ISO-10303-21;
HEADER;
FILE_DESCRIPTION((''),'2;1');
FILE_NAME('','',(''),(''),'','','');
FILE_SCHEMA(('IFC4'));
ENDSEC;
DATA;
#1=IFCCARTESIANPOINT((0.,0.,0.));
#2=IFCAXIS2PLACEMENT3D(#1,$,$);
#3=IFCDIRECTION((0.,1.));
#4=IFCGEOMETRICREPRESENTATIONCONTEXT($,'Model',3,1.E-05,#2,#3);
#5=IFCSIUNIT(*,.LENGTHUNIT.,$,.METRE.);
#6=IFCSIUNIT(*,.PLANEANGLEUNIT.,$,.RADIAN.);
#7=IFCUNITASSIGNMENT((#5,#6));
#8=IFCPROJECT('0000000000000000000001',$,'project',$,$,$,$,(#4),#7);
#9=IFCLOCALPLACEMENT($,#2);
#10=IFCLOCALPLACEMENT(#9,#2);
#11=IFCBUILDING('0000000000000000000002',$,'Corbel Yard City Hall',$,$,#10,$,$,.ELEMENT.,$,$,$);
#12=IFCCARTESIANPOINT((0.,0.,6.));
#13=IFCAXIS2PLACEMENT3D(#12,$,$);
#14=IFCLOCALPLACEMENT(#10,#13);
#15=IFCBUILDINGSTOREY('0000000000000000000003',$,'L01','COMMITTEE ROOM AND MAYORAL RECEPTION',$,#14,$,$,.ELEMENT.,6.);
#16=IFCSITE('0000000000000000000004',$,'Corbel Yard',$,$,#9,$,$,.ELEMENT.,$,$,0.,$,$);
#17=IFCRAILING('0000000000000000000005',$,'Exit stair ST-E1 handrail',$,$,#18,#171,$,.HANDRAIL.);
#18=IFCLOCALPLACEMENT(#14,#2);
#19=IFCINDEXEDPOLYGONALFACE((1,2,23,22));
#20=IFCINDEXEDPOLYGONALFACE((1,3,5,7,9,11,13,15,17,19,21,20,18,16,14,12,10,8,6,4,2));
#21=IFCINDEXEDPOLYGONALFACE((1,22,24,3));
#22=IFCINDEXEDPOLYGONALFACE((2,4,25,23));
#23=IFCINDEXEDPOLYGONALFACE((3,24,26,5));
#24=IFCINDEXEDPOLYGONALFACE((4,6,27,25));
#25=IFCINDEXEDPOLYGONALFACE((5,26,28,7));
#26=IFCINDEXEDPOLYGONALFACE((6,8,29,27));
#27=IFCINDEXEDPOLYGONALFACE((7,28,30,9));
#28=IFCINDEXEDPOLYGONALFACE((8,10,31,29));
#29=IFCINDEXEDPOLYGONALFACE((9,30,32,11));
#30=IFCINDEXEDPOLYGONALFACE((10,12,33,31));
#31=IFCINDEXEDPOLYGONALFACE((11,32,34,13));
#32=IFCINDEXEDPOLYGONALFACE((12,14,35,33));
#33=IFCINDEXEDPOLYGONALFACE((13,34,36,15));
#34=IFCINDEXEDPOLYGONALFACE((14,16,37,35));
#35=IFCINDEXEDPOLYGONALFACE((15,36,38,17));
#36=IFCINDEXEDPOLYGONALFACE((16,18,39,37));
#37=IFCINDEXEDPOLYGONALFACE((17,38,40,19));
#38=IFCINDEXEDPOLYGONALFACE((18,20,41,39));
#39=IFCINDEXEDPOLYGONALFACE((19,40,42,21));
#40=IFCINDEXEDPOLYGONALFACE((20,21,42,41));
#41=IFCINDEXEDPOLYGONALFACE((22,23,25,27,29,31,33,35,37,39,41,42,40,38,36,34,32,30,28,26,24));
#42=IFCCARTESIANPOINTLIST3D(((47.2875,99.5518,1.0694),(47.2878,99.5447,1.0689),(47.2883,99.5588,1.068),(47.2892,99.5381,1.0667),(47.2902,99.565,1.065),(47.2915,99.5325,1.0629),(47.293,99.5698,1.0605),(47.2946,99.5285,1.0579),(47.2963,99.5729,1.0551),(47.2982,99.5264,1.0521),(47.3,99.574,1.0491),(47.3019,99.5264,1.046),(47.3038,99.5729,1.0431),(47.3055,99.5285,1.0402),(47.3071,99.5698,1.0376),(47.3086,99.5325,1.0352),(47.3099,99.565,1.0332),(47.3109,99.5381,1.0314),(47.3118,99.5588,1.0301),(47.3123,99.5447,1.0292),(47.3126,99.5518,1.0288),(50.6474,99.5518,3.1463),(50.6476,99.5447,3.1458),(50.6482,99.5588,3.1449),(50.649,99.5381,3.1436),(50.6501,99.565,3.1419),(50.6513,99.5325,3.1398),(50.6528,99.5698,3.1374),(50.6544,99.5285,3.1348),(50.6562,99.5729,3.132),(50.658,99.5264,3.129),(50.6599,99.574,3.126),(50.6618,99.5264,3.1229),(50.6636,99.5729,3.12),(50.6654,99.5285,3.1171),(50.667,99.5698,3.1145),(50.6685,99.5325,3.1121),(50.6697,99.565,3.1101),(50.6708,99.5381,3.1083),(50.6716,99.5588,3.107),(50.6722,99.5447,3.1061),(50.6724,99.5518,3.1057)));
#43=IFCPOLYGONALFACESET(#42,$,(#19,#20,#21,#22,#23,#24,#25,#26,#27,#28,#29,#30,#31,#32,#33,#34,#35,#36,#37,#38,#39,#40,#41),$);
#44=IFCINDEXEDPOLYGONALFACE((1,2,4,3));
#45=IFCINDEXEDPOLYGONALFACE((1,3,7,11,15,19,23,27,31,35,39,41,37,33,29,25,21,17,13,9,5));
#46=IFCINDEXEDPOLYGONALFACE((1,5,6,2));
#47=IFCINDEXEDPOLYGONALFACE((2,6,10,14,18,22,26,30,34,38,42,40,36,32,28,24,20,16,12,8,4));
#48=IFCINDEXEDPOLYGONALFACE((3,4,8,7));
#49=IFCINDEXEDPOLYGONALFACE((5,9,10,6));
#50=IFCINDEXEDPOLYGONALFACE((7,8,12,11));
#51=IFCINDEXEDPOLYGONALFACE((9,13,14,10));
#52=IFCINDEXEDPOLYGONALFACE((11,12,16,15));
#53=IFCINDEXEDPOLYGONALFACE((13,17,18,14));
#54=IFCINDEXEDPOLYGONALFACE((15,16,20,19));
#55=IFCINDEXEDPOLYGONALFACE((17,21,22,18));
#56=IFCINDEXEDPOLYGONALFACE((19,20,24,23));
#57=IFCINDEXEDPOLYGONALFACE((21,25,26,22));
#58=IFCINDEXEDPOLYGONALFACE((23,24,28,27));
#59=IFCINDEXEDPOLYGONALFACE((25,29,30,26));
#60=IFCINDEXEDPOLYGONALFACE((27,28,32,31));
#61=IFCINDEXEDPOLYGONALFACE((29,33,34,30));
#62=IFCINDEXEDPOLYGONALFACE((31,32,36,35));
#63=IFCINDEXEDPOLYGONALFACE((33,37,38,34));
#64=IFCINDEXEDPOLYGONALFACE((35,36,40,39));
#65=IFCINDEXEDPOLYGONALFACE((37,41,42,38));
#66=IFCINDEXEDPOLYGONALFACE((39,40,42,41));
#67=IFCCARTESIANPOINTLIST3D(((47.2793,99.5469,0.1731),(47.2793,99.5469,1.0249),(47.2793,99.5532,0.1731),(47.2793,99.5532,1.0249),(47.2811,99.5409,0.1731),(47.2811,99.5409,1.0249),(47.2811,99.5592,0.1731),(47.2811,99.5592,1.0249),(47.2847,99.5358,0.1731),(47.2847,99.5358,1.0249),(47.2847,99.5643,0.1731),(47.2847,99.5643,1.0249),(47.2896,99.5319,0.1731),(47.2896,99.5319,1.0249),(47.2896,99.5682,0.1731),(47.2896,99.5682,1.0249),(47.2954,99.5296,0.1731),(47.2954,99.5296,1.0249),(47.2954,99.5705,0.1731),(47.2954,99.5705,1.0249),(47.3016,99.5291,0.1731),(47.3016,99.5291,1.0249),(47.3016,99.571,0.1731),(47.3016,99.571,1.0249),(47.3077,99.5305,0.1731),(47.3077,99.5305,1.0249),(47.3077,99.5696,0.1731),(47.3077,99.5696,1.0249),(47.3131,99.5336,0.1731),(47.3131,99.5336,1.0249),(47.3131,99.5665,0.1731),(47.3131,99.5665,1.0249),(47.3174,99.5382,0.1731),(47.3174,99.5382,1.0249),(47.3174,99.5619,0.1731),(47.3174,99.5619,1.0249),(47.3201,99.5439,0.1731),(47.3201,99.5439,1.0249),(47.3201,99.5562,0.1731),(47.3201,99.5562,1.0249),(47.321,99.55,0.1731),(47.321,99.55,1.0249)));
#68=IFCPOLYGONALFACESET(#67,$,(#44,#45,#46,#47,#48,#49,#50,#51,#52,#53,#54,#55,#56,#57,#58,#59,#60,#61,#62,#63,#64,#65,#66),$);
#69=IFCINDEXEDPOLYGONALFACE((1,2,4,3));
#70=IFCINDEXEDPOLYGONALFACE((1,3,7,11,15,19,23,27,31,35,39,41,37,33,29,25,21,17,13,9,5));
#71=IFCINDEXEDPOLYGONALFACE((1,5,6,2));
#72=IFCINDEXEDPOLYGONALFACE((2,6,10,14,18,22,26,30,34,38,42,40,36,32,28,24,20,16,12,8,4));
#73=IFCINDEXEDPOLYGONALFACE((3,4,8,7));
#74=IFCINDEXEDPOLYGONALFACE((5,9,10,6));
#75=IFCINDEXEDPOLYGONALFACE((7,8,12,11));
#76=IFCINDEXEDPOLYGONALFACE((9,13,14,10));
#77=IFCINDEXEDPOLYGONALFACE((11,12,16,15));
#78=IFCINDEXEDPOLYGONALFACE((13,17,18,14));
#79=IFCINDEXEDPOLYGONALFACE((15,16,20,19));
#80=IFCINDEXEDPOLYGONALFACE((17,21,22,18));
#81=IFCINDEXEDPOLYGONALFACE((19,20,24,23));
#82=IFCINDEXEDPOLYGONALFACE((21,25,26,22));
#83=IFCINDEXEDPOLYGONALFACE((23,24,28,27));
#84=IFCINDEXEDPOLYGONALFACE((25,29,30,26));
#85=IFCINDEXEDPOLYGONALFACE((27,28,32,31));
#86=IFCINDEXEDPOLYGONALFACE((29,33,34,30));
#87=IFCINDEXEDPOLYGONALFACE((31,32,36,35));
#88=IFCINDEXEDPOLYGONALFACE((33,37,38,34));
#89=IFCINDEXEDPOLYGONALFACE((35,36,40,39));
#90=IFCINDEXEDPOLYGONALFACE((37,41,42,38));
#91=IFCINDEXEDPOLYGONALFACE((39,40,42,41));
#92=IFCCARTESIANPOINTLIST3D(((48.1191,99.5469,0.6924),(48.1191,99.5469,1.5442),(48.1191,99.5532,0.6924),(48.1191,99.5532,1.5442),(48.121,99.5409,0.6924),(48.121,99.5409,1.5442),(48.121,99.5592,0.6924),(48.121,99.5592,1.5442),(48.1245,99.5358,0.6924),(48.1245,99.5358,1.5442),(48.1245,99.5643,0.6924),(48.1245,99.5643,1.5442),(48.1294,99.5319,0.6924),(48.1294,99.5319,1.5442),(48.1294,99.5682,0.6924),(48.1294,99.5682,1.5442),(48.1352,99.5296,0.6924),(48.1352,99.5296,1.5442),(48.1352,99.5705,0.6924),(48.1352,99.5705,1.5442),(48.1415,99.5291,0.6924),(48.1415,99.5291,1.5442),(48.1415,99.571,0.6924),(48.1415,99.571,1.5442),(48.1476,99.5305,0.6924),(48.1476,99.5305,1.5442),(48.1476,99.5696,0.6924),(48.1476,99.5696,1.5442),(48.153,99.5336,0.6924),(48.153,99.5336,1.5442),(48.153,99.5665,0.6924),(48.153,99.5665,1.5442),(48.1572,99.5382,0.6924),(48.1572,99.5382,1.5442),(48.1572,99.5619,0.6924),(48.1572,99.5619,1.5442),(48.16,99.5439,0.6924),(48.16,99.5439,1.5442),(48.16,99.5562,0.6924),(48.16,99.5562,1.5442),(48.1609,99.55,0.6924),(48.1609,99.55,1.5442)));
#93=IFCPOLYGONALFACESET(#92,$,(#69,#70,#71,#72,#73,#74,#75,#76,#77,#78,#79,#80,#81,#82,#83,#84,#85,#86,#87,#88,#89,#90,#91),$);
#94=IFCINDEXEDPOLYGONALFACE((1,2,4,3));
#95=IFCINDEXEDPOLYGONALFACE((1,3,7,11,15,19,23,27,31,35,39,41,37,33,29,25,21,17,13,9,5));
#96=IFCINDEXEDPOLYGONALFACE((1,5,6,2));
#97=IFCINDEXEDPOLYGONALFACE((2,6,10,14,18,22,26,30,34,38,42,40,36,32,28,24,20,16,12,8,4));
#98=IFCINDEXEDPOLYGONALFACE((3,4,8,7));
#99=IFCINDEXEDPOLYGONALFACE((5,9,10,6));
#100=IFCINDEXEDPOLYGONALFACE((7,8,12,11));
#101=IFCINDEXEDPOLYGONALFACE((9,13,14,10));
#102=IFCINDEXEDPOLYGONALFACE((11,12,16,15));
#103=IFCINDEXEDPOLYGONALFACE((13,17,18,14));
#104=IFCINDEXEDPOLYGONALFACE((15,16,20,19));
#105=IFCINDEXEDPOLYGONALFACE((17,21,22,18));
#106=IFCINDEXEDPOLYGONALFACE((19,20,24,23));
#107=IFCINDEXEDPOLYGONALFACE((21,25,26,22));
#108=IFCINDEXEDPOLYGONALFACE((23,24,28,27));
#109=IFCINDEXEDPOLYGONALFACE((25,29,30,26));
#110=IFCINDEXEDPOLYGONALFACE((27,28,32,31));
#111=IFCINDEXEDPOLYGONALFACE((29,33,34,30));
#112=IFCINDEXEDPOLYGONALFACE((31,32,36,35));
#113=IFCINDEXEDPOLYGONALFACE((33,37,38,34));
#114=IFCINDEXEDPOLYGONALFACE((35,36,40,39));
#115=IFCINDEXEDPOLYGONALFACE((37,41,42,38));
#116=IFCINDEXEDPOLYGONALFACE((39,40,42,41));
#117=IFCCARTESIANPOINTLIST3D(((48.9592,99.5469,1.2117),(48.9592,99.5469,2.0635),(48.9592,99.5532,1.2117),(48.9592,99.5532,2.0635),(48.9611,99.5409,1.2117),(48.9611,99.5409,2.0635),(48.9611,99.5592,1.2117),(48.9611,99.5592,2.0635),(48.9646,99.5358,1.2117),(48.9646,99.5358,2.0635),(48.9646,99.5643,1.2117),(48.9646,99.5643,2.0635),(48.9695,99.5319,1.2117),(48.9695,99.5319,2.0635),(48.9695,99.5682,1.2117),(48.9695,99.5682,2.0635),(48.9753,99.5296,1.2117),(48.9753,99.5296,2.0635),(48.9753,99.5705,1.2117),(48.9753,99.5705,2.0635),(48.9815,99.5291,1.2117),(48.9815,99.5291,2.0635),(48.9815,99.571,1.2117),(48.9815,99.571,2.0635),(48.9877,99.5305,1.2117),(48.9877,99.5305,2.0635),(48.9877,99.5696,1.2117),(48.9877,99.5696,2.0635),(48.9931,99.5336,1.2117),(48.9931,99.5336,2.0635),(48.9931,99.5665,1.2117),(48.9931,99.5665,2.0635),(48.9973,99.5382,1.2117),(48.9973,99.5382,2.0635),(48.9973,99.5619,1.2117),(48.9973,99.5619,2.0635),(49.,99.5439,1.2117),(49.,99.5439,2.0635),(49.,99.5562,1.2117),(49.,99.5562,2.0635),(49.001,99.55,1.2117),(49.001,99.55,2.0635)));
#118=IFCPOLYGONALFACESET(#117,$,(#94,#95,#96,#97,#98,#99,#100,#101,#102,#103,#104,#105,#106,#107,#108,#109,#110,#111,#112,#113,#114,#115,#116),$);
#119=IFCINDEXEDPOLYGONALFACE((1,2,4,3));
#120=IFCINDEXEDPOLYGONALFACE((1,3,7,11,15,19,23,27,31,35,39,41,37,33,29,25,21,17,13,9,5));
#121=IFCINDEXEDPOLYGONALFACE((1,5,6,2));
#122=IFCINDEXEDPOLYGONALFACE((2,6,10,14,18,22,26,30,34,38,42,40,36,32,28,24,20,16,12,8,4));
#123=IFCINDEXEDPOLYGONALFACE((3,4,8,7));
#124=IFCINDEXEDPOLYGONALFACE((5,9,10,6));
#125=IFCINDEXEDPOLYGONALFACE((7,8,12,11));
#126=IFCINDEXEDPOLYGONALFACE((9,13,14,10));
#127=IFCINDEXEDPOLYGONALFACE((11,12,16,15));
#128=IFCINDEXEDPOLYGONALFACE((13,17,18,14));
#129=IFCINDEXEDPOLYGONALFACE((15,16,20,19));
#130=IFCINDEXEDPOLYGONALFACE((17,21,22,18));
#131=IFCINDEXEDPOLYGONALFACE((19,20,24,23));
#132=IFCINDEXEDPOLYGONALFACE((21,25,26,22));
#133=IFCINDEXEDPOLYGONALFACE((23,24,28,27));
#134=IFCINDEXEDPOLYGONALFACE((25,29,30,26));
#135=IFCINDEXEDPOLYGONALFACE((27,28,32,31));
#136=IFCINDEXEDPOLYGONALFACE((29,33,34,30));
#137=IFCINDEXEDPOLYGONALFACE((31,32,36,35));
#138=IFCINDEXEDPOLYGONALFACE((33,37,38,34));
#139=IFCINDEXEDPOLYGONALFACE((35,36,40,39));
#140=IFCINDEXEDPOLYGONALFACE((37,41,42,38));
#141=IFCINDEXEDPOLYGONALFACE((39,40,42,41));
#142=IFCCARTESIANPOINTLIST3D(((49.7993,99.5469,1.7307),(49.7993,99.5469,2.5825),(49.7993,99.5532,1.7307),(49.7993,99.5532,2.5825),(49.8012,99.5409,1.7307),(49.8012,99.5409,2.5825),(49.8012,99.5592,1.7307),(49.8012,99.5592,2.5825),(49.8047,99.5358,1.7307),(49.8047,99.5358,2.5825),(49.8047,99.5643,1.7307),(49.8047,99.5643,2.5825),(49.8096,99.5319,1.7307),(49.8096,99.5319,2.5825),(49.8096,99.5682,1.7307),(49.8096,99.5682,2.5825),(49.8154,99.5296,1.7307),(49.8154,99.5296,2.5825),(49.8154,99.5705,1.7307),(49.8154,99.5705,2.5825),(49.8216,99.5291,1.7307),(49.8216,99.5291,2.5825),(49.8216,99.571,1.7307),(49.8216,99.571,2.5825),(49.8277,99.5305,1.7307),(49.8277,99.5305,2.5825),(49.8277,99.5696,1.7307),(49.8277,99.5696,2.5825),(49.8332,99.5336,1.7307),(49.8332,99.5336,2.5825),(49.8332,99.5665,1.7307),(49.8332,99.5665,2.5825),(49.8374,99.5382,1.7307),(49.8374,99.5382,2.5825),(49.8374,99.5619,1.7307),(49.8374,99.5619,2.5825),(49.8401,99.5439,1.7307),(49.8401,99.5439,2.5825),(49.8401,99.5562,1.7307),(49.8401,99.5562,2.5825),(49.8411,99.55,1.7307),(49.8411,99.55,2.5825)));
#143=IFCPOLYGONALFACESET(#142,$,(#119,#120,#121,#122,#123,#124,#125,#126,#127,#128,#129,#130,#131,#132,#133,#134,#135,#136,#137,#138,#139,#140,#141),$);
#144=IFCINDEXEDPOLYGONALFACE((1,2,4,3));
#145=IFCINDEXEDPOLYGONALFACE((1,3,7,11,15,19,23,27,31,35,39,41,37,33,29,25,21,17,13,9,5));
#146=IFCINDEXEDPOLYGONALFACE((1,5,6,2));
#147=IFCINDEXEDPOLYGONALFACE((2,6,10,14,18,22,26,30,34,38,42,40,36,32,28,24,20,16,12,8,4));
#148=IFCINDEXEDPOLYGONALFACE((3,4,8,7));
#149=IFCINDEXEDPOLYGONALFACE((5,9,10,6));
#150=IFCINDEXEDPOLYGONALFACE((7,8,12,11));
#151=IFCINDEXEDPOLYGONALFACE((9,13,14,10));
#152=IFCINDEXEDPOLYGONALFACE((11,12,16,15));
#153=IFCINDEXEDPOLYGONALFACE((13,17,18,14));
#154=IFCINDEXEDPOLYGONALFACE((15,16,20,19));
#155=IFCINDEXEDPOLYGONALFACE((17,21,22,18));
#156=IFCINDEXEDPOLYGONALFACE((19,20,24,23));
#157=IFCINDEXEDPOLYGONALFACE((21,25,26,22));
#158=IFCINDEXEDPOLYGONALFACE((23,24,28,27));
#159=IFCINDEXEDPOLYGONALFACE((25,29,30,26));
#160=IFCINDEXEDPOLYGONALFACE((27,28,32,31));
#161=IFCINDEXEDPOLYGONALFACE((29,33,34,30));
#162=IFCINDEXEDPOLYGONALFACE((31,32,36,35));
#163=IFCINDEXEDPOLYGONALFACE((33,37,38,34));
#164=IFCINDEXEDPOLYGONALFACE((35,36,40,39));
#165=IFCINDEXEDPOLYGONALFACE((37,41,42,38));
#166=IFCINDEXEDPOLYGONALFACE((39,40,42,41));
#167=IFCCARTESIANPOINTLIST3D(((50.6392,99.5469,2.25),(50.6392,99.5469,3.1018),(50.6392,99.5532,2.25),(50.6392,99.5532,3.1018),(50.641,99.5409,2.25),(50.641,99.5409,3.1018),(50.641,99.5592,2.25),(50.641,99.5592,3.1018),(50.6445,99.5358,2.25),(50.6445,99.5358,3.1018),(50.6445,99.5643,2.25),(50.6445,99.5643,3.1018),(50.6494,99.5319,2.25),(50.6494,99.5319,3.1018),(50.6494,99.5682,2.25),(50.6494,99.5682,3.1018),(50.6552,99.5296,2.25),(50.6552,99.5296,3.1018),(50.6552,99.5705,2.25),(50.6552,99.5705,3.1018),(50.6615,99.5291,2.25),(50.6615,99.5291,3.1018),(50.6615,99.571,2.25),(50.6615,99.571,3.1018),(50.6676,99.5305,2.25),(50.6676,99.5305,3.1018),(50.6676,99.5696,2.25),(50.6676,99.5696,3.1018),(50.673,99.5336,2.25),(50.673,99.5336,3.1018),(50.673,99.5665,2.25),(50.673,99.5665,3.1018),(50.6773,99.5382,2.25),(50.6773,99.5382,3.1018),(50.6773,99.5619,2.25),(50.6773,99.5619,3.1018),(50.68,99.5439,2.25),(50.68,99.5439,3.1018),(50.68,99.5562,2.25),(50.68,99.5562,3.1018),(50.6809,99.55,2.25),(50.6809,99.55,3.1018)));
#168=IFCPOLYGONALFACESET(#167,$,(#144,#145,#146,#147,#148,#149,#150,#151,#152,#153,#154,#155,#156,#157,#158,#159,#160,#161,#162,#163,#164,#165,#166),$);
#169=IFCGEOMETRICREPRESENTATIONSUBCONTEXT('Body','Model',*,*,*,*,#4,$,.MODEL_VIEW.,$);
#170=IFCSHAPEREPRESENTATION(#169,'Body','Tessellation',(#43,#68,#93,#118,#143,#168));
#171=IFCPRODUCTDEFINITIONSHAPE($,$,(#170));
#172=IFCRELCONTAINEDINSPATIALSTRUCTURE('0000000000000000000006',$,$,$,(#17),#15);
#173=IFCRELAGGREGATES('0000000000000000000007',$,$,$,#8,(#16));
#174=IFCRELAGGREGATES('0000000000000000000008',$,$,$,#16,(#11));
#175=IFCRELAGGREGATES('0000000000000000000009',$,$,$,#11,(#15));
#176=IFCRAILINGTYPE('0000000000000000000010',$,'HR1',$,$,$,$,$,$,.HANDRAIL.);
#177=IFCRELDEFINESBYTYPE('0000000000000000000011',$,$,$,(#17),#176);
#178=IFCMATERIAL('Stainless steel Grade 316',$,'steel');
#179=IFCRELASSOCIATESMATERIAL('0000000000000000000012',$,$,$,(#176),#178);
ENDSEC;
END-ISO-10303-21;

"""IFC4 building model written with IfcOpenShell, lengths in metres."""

from ifc_helpers import new_model, si_unit, direction, frame, origin, origin_2d, place, context, subcontext, project, spatial, circle, extrude, material, type_object, element, save


model = new_model("IFC4")

# Units and contexts
model_context = context("Model", 3, precision=1e-05, world=origin(), true_north=direction((0.0, 1.0)))
body_context = subcontext(model_context, "Body", "Model", "MODEL_VIEW")
ifc_project = project(units=[si_unit("LENGTHUNIT", "METRE"), si_unit("PLANEANGLEUNIT", "RADIAN")], contexts=[model_context])

# Site, building, storey
site_placement = place(None, origin())
site = spatial("IfcSite", under=ifc_project, at=site_placement, Name="Corbel Yard", CompositionType="ELEMENT", RefElevation=0.0)
building_placement = place(site_placement, origin())
building = spatial("IfcBuilding", under=site, at=building_placement, Name="Corbel Yard City Hall", CompositionType="ELEMENT")
storey_placement = place(building_placement, frame((0.0, 0.0, 6.0)))
storey = spatial("IfcBuildingStorey", under=building, at=storey_placement, Name="L01", Description="COMMITTEE ROOM AND MAYORAL RECEPTION", CompositionType="ELEMENT", Elevation=6.0)

# Shared definitions
ifc_material_1 = material(Name="Stainless steel Grade 316", Category="steel")

# Railing
railing_type = type_object("IfcRailingType", Name="HR1", PredefinedType="HANDRAIL", material=ifc_material_1)
for number, where, name in (
    (1, (47.3, 99.55, 0.1731), "Exit stair ST-E1 handrail"),
):
    element("IfcRailing", number, at=place(storey_placement, frame(where)), inside=storey, type_object=railing_type, Name=name, PredefinedType="HANDRAIL", context=body_context, shape_type="SweptSolid", body=[
        extrude(circle(Radius=0.0239, at=origin_2d()), frame((0.0, 0.0, 0.876), z_axis=(0.850606, 0.0, 0.525803), x_axis=(0.0, 1.0, 0.0)), (0.0, 0.0, 1.0), 3.95),
        extrude(circle(Radius=0.021, at=origin_2d()), origin(), (0.0, 0.0, 1.0), 0.8518),
        extrude(circle(Radius=0.021, at=origin_2d()), frame((0.8398, 0.0, 0.5193)), (0.0, 0.0, 1.0), 0.8518),
        extrude(circle(Radius=0.021, at=origin_2d()), frame((1.6799, 0.0, 1.0386)), (0.0, 0.0, 1.0), 0.8518),
        extrude(circle(Radius=0.021, at=origin_2d()), frame((2.52, 0.0, 1.5576)), (0.0, 0.0, 1.0), 0.8518),
        extrude(circle(Radius=0.021, at=origin_2d()), frame((3.3599, 0.0, 2.0769)), (0.0, 0.0, 1.0), 0.8518),
    ])

save(model, "model.ifc")
